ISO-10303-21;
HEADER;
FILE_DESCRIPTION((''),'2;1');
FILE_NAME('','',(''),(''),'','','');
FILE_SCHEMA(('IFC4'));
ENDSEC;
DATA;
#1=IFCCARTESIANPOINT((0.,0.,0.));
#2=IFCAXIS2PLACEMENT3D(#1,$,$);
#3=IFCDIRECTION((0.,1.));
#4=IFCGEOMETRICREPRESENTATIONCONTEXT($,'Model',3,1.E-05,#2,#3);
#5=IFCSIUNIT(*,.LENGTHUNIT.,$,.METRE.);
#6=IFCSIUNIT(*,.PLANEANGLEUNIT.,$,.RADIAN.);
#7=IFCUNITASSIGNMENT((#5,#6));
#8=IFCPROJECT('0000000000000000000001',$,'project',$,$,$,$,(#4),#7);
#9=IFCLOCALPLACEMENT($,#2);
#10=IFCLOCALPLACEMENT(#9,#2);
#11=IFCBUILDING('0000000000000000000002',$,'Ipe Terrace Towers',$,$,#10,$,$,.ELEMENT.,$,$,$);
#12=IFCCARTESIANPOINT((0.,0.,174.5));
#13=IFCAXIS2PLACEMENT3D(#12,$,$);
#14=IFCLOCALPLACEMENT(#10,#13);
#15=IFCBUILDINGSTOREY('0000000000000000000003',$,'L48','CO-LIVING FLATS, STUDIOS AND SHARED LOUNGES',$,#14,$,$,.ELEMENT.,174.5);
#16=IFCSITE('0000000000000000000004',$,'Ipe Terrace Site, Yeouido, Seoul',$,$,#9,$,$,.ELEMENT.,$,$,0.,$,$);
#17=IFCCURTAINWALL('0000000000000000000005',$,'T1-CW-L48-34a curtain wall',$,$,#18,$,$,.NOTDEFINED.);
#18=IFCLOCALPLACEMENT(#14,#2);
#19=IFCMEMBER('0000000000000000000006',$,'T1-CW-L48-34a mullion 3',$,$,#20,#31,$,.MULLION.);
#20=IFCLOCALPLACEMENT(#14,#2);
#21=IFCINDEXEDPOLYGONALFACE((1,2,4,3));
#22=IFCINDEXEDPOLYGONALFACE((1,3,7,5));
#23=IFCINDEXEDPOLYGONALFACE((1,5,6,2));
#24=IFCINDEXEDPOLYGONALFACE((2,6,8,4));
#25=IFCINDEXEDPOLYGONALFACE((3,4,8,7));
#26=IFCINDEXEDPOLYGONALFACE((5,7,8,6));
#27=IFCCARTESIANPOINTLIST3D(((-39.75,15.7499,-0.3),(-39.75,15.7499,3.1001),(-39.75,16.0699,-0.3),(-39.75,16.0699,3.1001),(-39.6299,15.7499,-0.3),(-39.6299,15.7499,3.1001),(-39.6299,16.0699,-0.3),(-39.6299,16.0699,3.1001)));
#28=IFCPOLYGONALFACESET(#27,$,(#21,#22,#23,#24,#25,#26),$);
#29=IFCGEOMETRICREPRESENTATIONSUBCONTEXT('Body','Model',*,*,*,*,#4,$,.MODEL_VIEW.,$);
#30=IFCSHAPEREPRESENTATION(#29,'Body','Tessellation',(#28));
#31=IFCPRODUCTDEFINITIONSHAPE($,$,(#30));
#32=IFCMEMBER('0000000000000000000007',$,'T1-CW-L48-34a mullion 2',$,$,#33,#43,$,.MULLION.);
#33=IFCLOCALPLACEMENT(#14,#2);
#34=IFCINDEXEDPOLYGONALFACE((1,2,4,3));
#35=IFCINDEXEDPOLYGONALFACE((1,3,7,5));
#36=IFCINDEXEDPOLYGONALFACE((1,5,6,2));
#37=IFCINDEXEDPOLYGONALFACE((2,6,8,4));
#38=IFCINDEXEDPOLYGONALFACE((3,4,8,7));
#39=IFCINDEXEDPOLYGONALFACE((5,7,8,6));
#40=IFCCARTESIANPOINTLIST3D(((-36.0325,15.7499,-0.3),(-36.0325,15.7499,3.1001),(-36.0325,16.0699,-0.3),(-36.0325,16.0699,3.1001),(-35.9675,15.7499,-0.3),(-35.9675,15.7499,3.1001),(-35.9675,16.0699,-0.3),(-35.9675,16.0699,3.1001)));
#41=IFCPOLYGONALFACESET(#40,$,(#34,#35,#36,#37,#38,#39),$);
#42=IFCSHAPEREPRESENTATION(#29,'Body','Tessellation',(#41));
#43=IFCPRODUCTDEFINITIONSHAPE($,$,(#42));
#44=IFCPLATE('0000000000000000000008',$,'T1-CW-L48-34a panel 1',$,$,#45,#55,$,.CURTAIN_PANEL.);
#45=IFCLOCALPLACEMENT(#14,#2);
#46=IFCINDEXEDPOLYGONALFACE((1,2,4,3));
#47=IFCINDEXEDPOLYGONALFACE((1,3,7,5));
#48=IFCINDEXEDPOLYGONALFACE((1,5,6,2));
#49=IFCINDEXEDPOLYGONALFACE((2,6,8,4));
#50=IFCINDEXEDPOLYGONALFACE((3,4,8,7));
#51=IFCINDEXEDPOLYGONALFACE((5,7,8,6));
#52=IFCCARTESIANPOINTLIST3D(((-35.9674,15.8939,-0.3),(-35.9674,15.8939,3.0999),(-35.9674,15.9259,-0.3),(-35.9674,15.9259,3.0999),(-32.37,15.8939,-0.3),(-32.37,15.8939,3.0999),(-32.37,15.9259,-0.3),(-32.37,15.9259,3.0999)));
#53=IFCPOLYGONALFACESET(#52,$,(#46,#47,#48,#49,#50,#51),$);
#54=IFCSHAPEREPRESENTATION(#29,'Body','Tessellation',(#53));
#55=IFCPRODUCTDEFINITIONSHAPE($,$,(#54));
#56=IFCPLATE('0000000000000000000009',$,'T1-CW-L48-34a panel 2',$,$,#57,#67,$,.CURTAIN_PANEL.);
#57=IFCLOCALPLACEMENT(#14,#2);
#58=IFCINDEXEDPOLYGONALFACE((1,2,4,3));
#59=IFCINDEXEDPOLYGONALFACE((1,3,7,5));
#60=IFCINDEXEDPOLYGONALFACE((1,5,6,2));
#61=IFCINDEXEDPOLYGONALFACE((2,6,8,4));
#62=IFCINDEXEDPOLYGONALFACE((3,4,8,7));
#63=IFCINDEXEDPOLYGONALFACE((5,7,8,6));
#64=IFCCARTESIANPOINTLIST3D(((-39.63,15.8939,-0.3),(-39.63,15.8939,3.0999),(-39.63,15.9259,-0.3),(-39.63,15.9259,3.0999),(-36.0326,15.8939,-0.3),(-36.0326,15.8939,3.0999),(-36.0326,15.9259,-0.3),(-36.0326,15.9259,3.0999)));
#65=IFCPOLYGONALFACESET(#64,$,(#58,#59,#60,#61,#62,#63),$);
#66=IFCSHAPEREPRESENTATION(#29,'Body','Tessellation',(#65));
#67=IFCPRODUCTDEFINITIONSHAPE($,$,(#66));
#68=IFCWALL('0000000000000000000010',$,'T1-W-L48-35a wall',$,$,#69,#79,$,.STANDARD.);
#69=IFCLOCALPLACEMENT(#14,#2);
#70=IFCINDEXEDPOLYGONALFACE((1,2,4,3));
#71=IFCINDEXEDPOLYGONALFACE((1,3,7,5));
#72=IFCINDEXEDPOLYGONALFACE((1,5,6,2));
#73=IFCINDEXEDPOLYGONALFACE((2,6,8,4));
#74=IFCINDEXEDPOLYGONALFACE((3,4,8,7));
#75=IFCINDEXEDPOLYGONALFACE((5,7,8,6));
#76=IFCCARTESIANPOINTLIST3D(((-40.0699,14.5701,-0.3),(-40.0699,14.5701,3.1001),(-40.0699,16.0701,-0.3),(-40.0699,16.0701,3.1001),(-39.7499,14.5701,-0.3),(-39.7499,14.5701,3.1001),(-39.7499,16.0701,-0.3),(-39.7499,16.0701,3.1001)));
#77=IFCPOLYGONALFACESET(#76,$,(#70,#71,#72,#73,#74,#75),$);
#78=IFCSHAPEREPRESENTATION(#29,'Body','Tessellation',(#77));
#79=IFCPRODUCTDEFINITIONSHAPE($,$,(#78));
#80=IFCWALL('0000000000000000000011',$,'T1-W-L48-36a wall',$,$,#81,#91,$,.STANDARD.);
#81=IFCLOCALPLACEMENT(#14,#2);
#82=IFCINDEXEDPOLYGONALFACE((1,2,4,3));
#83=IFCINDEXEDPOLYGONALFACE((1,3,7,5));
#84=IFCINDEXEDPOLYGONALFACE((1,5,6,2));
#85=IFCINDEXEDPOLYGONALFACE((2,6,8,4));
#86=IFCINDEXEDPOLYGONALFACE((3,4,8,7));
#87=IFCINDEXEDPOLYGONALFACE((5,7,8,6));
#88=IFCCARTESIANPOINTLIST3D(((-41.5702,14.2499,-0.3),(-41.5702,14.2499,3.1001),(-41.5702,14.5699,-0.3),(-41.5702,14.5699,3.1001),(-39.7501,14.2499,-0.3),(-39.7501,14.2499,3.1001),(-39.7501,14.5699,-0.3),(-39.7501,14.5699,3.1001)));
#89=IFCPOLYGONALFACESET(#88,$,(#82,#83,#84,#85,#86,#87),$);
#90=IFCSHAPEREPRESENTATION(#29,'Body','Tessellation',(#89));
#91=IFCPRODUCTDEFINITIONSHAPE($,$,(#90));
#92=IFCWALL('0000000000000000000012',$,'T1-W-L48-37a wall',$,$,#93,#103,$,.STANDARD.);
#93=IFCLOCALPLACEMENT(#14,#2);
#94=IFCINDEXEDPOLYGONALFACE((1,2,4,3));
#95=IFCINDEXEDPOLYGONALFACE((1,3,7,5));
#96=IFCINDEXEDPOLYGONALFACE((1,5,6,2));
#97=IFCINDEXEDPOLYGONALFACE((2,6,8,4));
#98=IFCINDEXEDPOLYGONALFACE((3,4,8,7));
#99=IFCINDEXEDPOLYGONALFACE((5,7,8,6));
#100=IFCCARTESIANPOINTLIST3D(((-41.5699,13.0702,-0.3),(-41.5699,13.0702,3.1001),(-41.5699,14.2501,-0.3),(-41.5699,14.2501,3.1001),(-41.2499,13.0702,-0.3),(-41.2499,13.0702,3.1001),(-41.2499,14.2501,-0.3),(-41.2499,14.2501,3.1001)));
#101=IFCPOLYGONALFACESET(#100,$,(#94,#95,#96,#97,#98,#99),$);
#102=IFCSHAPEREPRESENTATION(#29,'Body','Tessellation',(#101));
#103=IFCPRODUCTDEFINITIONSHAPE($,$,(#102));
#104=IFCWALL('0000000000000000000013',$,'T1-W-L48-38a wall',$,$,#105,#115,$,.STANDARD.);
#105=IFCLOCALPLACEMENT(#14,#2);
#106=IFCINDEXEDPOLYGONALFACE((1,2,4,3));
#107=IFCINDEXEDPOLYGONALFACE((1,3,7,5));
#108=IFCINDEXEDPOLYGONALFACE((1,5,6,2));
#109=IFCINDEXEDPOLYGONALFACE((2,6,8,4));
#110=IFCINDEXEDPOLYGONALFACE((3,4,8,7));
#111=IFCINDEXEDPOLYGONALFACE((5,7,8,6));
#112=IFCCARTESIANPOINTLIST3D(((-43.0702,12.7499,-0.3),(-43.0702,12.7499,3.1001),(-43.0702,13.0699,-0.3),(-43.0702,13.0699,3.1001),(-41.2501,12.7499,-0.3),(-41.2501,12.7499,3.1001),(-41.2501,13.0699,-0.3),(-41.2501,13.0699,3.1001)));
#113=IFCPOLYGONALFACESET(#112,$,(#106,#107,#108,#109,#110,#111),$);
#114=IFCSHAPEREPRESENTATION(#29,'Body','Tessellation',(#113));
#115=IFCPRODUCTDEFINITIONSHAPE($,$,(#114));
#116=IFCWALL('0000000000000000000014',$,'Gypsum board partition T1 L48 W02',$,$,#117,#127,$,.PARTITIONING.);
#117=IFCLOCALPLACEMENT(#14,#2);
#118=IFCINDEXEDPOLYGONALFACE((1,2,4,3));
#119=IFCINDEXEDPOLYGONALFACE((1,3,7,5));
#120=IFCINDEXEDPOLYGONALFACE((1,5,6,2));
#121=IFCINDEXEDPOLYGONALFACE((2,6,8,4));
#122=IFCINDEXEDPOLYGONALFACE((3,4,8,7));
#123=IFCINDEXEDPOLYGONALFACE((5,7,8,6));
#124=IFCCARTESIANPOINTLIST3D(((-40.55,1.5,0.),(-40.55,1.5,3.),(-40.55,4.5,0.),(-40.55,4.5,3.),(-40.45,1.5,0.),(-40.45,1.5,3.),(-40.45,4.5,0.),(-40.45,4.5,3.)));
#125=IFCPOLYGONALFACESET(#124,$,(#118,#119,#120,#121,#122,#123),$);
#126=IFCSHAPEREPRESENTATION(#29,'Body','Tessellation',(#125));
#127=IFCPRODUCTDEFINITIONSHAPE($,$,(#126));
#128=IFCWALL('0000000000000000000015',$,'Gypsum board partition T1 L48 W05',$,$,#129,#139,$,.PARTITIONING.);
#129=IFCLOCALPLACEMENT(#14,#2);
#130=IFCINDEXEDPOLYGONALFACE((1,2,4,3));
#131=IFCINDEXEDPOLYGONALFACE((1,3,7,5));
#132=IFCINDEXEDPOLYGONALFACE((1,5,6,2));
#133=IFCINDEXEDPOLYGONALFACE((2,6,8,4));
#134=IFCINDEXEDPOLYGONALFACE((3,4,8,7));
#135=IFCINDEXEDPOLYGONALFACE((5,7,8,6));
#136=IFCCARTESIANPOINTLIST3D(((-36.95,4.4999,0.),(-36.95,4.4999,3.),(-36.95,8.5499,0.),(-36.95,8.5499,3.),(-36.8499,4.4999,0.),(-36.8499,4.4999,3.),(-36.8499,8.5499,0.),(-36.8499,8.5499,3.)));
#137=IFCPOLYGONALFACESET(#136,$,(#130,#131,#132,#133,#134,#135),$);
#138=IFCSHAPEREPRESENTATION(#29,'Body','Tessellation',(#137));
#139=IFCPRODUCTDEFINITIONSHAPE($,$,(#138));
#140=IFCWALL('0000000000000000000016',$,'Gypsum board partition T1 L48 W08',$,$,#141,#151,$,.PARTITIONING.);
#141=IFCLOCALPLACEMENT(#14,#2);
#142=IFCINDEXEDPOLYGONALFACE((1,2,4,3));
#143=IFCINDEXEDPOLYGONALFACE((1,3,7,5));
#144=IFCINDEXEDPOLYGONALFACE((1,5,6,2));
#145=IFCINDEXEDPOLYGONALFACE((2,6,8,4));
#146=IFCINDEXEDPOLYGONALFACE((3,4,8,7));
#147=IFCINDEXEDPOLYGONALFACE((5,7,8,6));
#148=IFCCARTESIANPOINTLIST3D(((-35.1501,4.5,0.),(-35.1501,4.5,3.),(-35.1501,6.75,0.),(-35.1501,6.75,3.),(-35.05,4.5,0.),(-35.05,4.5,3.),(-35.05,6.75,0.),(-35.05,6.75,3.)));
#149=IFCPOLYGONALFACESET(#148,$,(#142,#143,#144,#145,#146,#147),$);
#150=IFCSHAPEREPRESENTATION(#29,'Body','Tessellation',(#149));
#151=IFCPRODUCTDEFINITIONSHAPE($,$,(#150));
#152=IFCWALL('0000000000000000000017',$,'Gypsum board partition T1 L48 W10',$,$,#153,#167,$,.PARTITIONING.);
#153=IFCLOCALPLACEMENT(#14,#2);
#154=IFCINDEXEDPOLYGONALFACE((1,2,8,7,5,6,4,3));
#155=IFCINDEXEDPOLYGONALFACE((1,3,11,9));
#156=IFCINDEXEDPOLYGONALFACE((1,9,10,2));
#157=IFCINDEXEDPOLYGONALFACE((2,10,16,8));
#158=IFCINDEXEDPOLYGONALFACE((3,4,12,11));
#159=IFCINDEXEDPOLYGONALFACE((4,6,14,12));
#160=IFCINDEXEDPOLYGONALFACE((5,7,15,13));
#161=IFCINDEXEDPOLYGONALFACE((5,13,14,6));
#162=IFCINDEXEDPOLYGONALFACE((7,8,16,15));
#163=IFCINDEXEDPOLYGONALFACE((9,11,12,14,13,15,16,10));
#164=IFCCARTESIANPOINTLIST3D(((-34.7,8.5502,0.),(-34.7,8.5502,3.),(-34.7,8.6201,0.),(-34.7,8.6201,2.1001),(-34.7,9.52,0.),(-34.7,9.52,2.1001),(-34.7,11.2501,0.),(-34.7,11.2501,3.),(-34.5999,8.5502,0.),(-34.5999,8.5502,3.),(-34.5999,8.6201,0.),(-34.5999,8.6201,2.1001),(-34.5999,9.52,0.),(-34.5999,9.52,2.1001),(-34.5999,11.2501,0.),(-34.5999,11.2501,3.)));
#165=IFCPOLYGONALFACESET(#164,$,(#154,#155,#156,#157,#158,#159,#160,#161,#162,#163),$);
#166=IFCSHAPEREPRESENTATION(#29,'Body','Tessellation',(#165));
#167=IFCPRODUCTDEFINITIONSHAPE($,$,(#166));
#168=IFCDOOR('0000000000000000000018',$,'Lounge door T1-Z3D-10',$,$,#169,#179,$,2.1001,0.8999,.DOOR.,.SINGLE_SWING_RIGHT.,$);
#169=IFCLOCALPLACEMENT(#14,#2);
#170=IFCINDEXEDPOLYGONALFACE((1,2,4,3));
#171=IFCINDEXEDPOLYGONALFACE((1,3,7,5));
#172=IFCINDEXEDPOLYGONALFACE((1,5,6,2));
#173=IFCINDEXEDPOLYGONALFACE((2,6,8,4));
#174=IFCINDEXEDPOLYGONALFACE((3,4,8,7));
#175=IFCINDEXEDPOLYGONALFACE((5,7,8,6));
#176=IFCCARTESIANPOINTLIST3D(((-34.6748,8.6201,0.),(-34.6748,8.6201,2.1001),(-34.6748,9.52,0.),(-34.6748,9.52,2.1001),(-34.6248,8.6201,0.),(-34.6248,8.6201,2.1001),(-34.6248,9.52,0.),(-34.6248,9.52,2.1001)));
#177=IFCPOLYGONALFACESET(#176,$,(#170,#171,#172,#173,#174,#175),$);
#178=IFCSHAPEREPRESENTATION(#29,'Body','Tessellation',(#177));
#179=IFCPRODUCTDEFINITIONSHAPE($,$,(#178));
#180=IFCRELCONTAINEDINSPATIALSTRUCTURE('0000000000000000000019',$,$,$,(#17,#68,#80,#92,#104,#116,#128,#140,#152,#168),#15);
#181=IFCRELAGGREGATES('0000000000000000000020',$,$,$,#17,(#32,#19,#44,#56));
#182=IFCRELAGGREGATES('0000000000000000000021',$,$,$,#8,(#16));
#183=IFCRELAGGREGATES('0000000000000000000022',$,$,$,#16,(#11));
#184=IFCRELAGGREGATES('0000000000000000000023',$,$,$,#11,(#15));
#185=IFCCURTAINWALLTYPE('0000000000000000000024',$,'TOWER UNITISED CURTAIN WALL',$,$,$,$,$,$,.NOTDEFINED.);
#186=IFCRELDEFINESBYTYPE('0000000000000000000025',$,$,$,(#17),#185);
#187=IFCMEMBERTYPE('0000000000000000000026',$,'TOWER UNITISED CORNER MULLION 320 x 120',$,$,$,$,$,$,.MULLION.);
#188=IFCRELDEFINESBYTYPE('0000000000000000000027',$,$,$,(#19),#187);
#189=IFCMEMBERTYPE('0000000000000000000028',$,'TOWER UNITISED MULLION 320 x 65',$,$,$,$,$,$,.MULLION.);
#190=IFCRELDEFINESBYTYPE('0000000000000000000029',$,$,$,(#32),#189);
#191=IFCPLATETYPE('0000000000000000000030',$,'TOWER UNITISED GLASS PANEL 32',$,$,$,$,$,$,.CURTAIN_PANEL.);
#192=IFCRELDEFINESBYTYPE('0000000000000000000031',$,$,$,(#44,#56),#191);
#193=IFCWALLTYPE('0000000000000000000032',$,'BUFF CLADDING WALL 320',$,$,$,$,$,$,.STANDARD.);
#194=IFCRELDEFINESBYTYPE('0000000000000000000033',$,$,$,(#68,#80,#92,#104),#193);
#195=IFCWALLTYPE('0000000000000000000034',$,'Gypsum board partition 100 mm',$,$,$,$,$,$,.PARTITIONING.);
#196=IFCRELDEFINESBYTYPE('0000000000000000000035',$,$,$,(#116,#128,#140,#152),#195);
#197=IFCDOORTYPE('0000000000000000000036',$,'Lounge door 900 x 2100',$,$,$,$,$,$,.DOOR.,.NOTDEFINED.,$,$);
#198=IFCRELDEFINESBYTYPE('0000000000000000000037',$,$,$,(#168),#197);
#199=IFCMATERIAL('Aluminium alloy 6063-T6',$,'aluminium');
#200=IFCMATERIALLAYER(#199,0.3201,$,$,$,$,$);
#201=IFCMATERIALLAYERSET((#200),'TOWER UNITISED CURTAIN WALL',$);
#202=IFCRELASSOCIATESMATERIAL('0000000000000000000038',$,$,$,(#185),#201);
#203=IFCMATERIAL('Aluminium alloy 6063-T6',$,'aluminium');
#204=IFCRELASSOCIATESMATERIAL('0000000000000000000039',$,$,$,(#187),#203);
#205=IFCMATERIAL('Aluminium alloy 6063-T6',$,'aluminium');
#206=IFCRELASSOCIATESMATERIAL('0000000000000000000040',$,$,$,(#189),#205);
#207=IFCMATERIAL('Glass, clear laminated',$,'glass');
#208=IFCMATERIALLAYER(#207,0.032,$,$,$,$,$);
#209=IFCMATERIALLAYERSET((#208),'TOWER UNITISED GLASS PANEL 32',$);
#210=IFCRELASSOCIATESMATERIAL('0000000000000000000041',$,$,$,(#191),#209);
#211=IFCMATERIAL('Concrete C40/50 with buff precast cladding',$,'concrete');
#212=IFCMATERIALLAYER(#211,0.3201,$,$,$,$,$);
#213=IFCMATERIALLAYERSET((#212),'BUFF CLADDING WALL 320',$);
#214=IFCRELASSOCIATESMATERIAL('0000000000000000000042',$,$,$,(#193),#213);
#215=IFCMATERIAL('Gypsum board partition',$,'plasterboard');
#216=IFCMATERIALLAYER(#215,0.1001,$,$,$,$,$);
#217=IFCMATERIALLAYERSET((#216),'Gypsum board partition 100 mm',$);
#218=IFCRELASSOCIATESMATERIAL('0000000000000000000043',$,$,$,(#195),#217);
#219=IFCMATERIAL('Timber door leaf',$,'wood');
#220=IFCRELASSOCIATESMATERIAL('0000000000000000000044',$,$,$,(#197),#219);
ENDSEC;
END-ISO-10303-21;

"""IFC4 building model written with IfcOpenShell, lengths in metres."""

from ifc_helpers import new_model, si_unit, direction, frame, frame_2d, origin, origin_2d, place, context, subcontext, project, spatial, rectangle, extrude, material, layer, layer_set, material_profile, profile_set, type_object, element, fill, aggregate, save


model = new_model("IFC4")

# Units and contexts
model_context = context("Model", 3, precision=1e-05, world=origin(), true_north=direction((0.0, 1.0)))
body_context = subcontext(model_context, "Body", "Model", "MODEL_VIEW")
ifc_project = project(units=[si_unit("LENGTHUNIT", "METRE"), si_unit("PLANEANGLEUNIT", "RADIAN")], contexts=[model_context])

# Site, building, storey
site_placement = place(None, origin())
site = spatial("IfcSite", under=ifc_project, at=site_placement, Name="Ipe Terrace Site, Yeouido, Seoul", CompositionType="ELEMENT", RefElevation=0.0)
building_placement = place(site_placement, origin())
building = spatial("IfcBuilding", under=site, at=building_placement, Name="Ipe Terrace Towers", CompositionType="ELEMENT")
storey_placement = place(building_placement, frame((0.0, 0.0, 174.5)))
storey = spatial("IfcBuildingStorey", under=building, at=storey_placement, Name="L48", Description="CO-LIVING FLATS, STUDIOS AND SHARED LOUNGES", CompositionType="ELEMENT", Elevation=174.5)

# Curtain wall, members, plates
ifc_material_1 = material(Name="Aluminium alloy 6063-T6", Category="aluminium")
ifc_layer_1 = layer(ifc_material_1, 0.3201)
ifc_layer_set_1 = layer_set([ifc_layer_1], Name="TOWER UNITISED CURTAIN WALL")
curtain_wall_type = type_object("IfcCurtainWallType", Name="TOWER UNITISED CURTAIN WALL", PredefinedType="NOTDEFINED", material=ifc_layer_set_1)
curtain_wall_placement = place(storey_placement, origin())
curtain_wall = element("IfcCurtainWall", 1, at=curtain_wall_placement, inside=storey, type_object=curtain_wall_type, Name="T1-CW-L48-34a curtain wall", PredefinedType="NOTDEFINED")
ifc_material_2 = material(Name="Aluminium alloy 6063-T6", Category="aluminium")
ifc_material_profile_1 = material_profile(ifc_material_2, rectangle(XDim=0.3201, YDim=0.1201, at=origin_2d()), Name="TOWER UNITISED CORNER MULLION 320 x 120")
ifc_profile_set_1 = profile_set([ifc_material_profile_1], Name="Aluminium alloy 6063-T6")
member_type_1 = type_object("IfcMemberType", Name="TOWER UNITISED CORNER MULLION 320 x 120", PredefinedType="MULLION", material=ifc_profile_set_1)
member_1_placement = place(storey_placement, frame((-39.6899, 15.9099, -0.3), z_axis=(0.0, 0.0, 1.0), x_axis=(0.0, 1.0, 0.0)))
member_1 = element("IfcMember", 2, at=member_1_placement, type_object=member_type_1, Name="T1-CW-L48-34a mullion 3", PredefinedType="MULLION", context=body_context, shape_type="SweptSolid", body=[
    extrude(rectangle(XDim=0.3201, YDim=0.1201, at=origin_2d()), origin(), (0.0, 0.0, 1.0), 3.4001),
])
ifc_material_3 = material(Name="Aluminium alloy 6063-T6", Category="aluminium")
ifc_material_profile_2 = material_profile(ifc_material_3, rectangle(XDim=0.3201, YDim=0.0649, at=origin_2d()), Name="TOWER UNITISED MULLION 320 x 65")
ifc_profile_set_2 = profile_set([ifc_material_profile_2], Name="Aluminium alloy 6063-T6")
member_type_2 = type_object("IfcMemberType", Name="TOWER UNITISED MULLION 320 x 65", PredefinedType="MULLION", material=ifc_profile_set_2)
member_2_placement = place(storey_placement, frame((-36.0, 15.9099, -0.3), z_axis=(0.0, 0.0, 1.0), x_axis=(0.0, 1.0, 0.0)))
member_2 = element("IfcMember", 3, at=member_2_placement, type_object=member_type_2, Name="T1-CW-L48-34a mullion 2", PredefinedType="MULLION", context=body_context, shape_type="SweptSolid", body=[
    extrude(rectangle(XDim=0.3201, YDim=0.0649, at=origin_2d()), origin(), (0.0, 0.0, 1.0), 3.4001),
])
ifc_material_4 = material(Name="Glass, clear laminated", Category="glass")
ifc_layer_2 = layer(ifc_material_4, 0.032)
ifc_layer_set_2 = layer_set([ifc_layer_2], Name="TOWER UNITISED GLASS PANEL 32")
plate_type = type_object("IfcPlateType", Name="TOWER UNITISED GLASS PANEL 32", PredefinedType="CURTAIN_PANEL", material=ifc_layer_set_2)
plate_1_placement = place(storey_placement, frame((-34.1687, 15.9099, -0.3), z_axis=(0.0, 0.0, 1.0), x_axis=(-1.0, 0.0, 0.0)))
plate_1 = element("IfcPlate", 4, at=plate_1_placement, type_object=plate_type, Name="T1-CW-L48-34a panel 1", PredefinedType="CURTAIN_PANEL", context=body_context, shape_type="SweptSolid", body=[
    extrude(rectangle(XDim=3.5974, YDim=0.032, at=origin_2d()), origin(), (0.0, 0.0, 1.0), 3.3999),
])
plate_2_placement = place(storey_placement, frame((-37.8313, 15.9099, -0.3), z_axis=(0.0, 0.0, 1.0), x_axis=(-1.0, 0.0, 0.0)))
plate_2 = element("IfcPlate", 5, at=plate_2_placement, type_object=plate_type, Name="T1-CW-L48-34a panel 2", PredefinedType="CURTAIN_PANEL", context=body_context, shape_type="SweptSolid", body=[
    extrude(rectangle(XDim=3.5974, YDim=0.032, at=origin_2d()), origin(), (0.0, 0.0, 1.0), 3.3999),
])
aggregate(curtain_wall, [member_2, member_1, plate_1, plate_2])

# Walls
ifc_material_5 = material(Name="Concrete C40/50 with buff precast cladding", Category="concrete")
ifc_layer_3 = layer(ifc_material_5, 0.3201)
ifc_layer_set_3 = layer_set([ifc_layer_3], Name="BUFF CLADDING WALL 320")
wall_type_1 = type_object("IfcWallType", Name="BUFF CLADDING WALL 320", PredefinedType="STANDARD", material=ifc_layer_set_3)
wall_1_placement = place(storey_placement, frame((-39.9099, 16.0701, -0.3), z_axis=(0.0, 0.0, 1.0), x_axis=(0.0, -1.0, 0.0)))
element("IfcWall", 6, at=wall_1_placement, inside=storey, type_object=wall_type_1, Name="T1-W-L48-35a wall", PredefinedType="STANDARD", context=body_context, shape_type="SweptSolid", body=[
    extrude(rectangle(XDim=1.5, YDim=0.3201, at=frame_2d((0.75, 0.0))), origin(), (0.0, 0.0, 1.0), 3.4001),
])
wall_2_placement = place(storey_placement, frame((-39.75, 14.4099, -0.3), z_axis=(0.0, 0.0, 1.0), x_axis=(-1.0, 0.0, 0.0)))
element("IfcWall", 7, at=wall_2_placement, inside=storey, type_object=wall_type_1, Name="T1-W-L48-36a wall", PredefinedType="STANDARD", context=body_context, shape_type="SweptSolid", body=[
    extrude(rectangle(XDim=1.8201, YDim=0.3201, at=frame_2d((0.9102, 0.0))), origin(), (0.0, 0.0, 1.0), 3.4001),
])
wall_3_placement = place(storey_placement, frame((-41.4099, 14.25, -0.3), z_axis=(0.0, 0.0, 1.0), x_axis=(0.0, -1.0, 0.0)))
element("IfcWall", 8, at=wall_3_placement, inside=storey, type_object=wall_type_1, Name="T1-W-L48-37a wall", PredefinedType="STANDARD", context=body_context, shape_type="SweptSolid", body=[
    extrude(rectangle(XDim=1.1799, YDim=0.3201, at=frame_2d((0.5898, 0.0))), origin(), (0.0, 0.0, 1.0), 3.4001),
])
wall_4_placement = place(storey_placement, frame((-41.25, 12.9099, -0.3), z_axis=(0.0, 0.0, 1.0), x_axis=(-1.0, 0.0, 0.0)))
element("IfcWall", 9, at=wall_4_placement, inside=storey, type_object=wall_type_1, Name="T1-W-L48-38a wall", PredefinedType="STANDARD", context=body_context, shape_type="SweptSolid", body=[
    extrude(rectangle(XDim=1.8201, YDim=0.3201, at=frame_2d((0.9102, 0.0))), origin(), (0.0, 0.0, 1.0), 3.4001),
])
ifc_material_6 = material(Name="Gypsum board partition", Category="plasterboard")
ifc_layer_4 = layer(ifc_material_6, 0.1001)
ifc_layer_set_4 = layer_set([ifc_layer_4], Name="Gypsum board partition 100 mm")
wall_type_2 = type_object("IfcWallType", Name="Gypsum board partition 100 mm", PredefinedType="PARTITIONING", material=ifc_layer_set_4)
wall_5_placement = place(storey_placement, frame((-40.5, 1.5, 0.0), z_axis=(0.0, 0.0, 1.0), x_axis=(0.0, 1.0, 0.0)))
element("IfcWall", 10, at=wall_5_placement, inside=storey, type_object=wall_type_2, Name="Gypsum board partition T1 L48 W02", PredefinedType="PARTITIONING", context=body_context, shape_type="SweptSolid", body=[
    extrude(rectangle(XDim=3.0, YDim=0.1001, at=frame_2d((1.5, 0.0))), origin(), (0.0, 0.0, 1.0), 3.0),
])
wall_6_placement = place(storey_placement, frame((-36.8999, 4.5, 0.0), z_axis=(0.0, 0.0, 1.0), x_axis=(0.0, 1.0, 0.0)))
element("IfcWall", 11, at=wall_6_placement, inside=storey, type_object=wall_type_2, Name="Gypsum board partition T1 L48 W05", PredefinedType="PARTITIONING", context=body_context, shape_type="SweptSolid", body=[
    extrude(rectangle(XDim=4.05, YDim=0.1001, at=frame_2d((2.0249, 0.0))), origin(), (0.0, 0.0, 1.0), 3.0),
])
wall_7_placement = place(storey_placement, frame((-35.1001, 4.5, 0.0), z_axis=(0.0, 0.0, 1.0), x_axis=(0.0, 1.0, 0.0)))
element("IfcWall", 12, at=wall_7_placement, inside=storey, type_object=wall_type_2, Name="Gypsum board partition T1 L48 W08", PredefinedType="PARTITIONING", context=body_context, shape_type="SweptSolid", body=[
    extrude(rectangle(XDim=2.25, YDim=0.1001, at=frame_2d((1.125, 0.0))), origin(), (0.0, 0.0, 1.0), 3.0),
])

# Wall, opening, door
wall_8_placement = place(storey_placement, frame((-34.6499, 8.55, 0.0), z_axis=(0.0, 0.0, 1.0), x_axis=(0.0, 1.0, 0.0)))
wall_8 = element("IfcWall", 13, at=wall_8_placement, inside=storey, type_object=wall_type_2, Name="Gypsum board partition T1 L48 W10", PredefinedType="PARTITIONING", context=body_context, shape_type="SweptSolid", body=[
    extrude(rectangle(XDim=2.7, YDim=0.1001, at=frame_2d((1.3501, 0.0))), origin(), (0.0, 0.0, 1.0), 3.0),
])
opening_1_placement = place(wall_8_placement, frame((0.0701, 0.0, 0.0)))
opening_1 = element("IfcOpeningElement", 14, at=opening_1_placement, cuts=wall_8, PredefinedType="OPENING", context=body_context, shape_type="SweptSolid", body=[
    extrude(rectangle(XDim=0.8999, YDim=2.1001, at=frame_2d((0.45, 1.05))), frame((0.0, 0.0601, 0.0), z_axis=(0.0, -1.0, 0.0), x_axis=(1.0, 0.0, 0.0)), (0.0, 0.0, 1.0), 0.1201),
])
ifc_material_7 = material(Name="Timber door leaf", Category="wood")
door_type = type_object("IfcDoorType", Name="Lounge door 900 x 2100", OperationType="NOTDEFINED", PredefinedType="DOOR", material=ifc_material_7)
door_1_placement = place(opening_1_placement, origin())
door_1 = element("IfcDoor", 15, at=door_1_placement, inside=storey, type_object=door_type, Name="Lounge door T1-Z3D-10", OperationType="SINGLE_SWING_RIGHT", OverallHeight=2.1001, OverallWidth=0.8999, PredefinedType="DOOR", context=body_context, shape_type="SweptSolid", body=[
    extrude(rectangle(XDim=0.8999, YDim=2.1001, at=frame_2d((0.45, 1.05))), frame((0.0, 0.0249, 0.0), z_axis=(0.0, -1.0, 0.0), x_axis=(1.0, 0.0, 0.0)), (0.0, 0.0, 1.0), 0.05),
])
fill(opening_1, door_1)

save(model, "model.ifc")
